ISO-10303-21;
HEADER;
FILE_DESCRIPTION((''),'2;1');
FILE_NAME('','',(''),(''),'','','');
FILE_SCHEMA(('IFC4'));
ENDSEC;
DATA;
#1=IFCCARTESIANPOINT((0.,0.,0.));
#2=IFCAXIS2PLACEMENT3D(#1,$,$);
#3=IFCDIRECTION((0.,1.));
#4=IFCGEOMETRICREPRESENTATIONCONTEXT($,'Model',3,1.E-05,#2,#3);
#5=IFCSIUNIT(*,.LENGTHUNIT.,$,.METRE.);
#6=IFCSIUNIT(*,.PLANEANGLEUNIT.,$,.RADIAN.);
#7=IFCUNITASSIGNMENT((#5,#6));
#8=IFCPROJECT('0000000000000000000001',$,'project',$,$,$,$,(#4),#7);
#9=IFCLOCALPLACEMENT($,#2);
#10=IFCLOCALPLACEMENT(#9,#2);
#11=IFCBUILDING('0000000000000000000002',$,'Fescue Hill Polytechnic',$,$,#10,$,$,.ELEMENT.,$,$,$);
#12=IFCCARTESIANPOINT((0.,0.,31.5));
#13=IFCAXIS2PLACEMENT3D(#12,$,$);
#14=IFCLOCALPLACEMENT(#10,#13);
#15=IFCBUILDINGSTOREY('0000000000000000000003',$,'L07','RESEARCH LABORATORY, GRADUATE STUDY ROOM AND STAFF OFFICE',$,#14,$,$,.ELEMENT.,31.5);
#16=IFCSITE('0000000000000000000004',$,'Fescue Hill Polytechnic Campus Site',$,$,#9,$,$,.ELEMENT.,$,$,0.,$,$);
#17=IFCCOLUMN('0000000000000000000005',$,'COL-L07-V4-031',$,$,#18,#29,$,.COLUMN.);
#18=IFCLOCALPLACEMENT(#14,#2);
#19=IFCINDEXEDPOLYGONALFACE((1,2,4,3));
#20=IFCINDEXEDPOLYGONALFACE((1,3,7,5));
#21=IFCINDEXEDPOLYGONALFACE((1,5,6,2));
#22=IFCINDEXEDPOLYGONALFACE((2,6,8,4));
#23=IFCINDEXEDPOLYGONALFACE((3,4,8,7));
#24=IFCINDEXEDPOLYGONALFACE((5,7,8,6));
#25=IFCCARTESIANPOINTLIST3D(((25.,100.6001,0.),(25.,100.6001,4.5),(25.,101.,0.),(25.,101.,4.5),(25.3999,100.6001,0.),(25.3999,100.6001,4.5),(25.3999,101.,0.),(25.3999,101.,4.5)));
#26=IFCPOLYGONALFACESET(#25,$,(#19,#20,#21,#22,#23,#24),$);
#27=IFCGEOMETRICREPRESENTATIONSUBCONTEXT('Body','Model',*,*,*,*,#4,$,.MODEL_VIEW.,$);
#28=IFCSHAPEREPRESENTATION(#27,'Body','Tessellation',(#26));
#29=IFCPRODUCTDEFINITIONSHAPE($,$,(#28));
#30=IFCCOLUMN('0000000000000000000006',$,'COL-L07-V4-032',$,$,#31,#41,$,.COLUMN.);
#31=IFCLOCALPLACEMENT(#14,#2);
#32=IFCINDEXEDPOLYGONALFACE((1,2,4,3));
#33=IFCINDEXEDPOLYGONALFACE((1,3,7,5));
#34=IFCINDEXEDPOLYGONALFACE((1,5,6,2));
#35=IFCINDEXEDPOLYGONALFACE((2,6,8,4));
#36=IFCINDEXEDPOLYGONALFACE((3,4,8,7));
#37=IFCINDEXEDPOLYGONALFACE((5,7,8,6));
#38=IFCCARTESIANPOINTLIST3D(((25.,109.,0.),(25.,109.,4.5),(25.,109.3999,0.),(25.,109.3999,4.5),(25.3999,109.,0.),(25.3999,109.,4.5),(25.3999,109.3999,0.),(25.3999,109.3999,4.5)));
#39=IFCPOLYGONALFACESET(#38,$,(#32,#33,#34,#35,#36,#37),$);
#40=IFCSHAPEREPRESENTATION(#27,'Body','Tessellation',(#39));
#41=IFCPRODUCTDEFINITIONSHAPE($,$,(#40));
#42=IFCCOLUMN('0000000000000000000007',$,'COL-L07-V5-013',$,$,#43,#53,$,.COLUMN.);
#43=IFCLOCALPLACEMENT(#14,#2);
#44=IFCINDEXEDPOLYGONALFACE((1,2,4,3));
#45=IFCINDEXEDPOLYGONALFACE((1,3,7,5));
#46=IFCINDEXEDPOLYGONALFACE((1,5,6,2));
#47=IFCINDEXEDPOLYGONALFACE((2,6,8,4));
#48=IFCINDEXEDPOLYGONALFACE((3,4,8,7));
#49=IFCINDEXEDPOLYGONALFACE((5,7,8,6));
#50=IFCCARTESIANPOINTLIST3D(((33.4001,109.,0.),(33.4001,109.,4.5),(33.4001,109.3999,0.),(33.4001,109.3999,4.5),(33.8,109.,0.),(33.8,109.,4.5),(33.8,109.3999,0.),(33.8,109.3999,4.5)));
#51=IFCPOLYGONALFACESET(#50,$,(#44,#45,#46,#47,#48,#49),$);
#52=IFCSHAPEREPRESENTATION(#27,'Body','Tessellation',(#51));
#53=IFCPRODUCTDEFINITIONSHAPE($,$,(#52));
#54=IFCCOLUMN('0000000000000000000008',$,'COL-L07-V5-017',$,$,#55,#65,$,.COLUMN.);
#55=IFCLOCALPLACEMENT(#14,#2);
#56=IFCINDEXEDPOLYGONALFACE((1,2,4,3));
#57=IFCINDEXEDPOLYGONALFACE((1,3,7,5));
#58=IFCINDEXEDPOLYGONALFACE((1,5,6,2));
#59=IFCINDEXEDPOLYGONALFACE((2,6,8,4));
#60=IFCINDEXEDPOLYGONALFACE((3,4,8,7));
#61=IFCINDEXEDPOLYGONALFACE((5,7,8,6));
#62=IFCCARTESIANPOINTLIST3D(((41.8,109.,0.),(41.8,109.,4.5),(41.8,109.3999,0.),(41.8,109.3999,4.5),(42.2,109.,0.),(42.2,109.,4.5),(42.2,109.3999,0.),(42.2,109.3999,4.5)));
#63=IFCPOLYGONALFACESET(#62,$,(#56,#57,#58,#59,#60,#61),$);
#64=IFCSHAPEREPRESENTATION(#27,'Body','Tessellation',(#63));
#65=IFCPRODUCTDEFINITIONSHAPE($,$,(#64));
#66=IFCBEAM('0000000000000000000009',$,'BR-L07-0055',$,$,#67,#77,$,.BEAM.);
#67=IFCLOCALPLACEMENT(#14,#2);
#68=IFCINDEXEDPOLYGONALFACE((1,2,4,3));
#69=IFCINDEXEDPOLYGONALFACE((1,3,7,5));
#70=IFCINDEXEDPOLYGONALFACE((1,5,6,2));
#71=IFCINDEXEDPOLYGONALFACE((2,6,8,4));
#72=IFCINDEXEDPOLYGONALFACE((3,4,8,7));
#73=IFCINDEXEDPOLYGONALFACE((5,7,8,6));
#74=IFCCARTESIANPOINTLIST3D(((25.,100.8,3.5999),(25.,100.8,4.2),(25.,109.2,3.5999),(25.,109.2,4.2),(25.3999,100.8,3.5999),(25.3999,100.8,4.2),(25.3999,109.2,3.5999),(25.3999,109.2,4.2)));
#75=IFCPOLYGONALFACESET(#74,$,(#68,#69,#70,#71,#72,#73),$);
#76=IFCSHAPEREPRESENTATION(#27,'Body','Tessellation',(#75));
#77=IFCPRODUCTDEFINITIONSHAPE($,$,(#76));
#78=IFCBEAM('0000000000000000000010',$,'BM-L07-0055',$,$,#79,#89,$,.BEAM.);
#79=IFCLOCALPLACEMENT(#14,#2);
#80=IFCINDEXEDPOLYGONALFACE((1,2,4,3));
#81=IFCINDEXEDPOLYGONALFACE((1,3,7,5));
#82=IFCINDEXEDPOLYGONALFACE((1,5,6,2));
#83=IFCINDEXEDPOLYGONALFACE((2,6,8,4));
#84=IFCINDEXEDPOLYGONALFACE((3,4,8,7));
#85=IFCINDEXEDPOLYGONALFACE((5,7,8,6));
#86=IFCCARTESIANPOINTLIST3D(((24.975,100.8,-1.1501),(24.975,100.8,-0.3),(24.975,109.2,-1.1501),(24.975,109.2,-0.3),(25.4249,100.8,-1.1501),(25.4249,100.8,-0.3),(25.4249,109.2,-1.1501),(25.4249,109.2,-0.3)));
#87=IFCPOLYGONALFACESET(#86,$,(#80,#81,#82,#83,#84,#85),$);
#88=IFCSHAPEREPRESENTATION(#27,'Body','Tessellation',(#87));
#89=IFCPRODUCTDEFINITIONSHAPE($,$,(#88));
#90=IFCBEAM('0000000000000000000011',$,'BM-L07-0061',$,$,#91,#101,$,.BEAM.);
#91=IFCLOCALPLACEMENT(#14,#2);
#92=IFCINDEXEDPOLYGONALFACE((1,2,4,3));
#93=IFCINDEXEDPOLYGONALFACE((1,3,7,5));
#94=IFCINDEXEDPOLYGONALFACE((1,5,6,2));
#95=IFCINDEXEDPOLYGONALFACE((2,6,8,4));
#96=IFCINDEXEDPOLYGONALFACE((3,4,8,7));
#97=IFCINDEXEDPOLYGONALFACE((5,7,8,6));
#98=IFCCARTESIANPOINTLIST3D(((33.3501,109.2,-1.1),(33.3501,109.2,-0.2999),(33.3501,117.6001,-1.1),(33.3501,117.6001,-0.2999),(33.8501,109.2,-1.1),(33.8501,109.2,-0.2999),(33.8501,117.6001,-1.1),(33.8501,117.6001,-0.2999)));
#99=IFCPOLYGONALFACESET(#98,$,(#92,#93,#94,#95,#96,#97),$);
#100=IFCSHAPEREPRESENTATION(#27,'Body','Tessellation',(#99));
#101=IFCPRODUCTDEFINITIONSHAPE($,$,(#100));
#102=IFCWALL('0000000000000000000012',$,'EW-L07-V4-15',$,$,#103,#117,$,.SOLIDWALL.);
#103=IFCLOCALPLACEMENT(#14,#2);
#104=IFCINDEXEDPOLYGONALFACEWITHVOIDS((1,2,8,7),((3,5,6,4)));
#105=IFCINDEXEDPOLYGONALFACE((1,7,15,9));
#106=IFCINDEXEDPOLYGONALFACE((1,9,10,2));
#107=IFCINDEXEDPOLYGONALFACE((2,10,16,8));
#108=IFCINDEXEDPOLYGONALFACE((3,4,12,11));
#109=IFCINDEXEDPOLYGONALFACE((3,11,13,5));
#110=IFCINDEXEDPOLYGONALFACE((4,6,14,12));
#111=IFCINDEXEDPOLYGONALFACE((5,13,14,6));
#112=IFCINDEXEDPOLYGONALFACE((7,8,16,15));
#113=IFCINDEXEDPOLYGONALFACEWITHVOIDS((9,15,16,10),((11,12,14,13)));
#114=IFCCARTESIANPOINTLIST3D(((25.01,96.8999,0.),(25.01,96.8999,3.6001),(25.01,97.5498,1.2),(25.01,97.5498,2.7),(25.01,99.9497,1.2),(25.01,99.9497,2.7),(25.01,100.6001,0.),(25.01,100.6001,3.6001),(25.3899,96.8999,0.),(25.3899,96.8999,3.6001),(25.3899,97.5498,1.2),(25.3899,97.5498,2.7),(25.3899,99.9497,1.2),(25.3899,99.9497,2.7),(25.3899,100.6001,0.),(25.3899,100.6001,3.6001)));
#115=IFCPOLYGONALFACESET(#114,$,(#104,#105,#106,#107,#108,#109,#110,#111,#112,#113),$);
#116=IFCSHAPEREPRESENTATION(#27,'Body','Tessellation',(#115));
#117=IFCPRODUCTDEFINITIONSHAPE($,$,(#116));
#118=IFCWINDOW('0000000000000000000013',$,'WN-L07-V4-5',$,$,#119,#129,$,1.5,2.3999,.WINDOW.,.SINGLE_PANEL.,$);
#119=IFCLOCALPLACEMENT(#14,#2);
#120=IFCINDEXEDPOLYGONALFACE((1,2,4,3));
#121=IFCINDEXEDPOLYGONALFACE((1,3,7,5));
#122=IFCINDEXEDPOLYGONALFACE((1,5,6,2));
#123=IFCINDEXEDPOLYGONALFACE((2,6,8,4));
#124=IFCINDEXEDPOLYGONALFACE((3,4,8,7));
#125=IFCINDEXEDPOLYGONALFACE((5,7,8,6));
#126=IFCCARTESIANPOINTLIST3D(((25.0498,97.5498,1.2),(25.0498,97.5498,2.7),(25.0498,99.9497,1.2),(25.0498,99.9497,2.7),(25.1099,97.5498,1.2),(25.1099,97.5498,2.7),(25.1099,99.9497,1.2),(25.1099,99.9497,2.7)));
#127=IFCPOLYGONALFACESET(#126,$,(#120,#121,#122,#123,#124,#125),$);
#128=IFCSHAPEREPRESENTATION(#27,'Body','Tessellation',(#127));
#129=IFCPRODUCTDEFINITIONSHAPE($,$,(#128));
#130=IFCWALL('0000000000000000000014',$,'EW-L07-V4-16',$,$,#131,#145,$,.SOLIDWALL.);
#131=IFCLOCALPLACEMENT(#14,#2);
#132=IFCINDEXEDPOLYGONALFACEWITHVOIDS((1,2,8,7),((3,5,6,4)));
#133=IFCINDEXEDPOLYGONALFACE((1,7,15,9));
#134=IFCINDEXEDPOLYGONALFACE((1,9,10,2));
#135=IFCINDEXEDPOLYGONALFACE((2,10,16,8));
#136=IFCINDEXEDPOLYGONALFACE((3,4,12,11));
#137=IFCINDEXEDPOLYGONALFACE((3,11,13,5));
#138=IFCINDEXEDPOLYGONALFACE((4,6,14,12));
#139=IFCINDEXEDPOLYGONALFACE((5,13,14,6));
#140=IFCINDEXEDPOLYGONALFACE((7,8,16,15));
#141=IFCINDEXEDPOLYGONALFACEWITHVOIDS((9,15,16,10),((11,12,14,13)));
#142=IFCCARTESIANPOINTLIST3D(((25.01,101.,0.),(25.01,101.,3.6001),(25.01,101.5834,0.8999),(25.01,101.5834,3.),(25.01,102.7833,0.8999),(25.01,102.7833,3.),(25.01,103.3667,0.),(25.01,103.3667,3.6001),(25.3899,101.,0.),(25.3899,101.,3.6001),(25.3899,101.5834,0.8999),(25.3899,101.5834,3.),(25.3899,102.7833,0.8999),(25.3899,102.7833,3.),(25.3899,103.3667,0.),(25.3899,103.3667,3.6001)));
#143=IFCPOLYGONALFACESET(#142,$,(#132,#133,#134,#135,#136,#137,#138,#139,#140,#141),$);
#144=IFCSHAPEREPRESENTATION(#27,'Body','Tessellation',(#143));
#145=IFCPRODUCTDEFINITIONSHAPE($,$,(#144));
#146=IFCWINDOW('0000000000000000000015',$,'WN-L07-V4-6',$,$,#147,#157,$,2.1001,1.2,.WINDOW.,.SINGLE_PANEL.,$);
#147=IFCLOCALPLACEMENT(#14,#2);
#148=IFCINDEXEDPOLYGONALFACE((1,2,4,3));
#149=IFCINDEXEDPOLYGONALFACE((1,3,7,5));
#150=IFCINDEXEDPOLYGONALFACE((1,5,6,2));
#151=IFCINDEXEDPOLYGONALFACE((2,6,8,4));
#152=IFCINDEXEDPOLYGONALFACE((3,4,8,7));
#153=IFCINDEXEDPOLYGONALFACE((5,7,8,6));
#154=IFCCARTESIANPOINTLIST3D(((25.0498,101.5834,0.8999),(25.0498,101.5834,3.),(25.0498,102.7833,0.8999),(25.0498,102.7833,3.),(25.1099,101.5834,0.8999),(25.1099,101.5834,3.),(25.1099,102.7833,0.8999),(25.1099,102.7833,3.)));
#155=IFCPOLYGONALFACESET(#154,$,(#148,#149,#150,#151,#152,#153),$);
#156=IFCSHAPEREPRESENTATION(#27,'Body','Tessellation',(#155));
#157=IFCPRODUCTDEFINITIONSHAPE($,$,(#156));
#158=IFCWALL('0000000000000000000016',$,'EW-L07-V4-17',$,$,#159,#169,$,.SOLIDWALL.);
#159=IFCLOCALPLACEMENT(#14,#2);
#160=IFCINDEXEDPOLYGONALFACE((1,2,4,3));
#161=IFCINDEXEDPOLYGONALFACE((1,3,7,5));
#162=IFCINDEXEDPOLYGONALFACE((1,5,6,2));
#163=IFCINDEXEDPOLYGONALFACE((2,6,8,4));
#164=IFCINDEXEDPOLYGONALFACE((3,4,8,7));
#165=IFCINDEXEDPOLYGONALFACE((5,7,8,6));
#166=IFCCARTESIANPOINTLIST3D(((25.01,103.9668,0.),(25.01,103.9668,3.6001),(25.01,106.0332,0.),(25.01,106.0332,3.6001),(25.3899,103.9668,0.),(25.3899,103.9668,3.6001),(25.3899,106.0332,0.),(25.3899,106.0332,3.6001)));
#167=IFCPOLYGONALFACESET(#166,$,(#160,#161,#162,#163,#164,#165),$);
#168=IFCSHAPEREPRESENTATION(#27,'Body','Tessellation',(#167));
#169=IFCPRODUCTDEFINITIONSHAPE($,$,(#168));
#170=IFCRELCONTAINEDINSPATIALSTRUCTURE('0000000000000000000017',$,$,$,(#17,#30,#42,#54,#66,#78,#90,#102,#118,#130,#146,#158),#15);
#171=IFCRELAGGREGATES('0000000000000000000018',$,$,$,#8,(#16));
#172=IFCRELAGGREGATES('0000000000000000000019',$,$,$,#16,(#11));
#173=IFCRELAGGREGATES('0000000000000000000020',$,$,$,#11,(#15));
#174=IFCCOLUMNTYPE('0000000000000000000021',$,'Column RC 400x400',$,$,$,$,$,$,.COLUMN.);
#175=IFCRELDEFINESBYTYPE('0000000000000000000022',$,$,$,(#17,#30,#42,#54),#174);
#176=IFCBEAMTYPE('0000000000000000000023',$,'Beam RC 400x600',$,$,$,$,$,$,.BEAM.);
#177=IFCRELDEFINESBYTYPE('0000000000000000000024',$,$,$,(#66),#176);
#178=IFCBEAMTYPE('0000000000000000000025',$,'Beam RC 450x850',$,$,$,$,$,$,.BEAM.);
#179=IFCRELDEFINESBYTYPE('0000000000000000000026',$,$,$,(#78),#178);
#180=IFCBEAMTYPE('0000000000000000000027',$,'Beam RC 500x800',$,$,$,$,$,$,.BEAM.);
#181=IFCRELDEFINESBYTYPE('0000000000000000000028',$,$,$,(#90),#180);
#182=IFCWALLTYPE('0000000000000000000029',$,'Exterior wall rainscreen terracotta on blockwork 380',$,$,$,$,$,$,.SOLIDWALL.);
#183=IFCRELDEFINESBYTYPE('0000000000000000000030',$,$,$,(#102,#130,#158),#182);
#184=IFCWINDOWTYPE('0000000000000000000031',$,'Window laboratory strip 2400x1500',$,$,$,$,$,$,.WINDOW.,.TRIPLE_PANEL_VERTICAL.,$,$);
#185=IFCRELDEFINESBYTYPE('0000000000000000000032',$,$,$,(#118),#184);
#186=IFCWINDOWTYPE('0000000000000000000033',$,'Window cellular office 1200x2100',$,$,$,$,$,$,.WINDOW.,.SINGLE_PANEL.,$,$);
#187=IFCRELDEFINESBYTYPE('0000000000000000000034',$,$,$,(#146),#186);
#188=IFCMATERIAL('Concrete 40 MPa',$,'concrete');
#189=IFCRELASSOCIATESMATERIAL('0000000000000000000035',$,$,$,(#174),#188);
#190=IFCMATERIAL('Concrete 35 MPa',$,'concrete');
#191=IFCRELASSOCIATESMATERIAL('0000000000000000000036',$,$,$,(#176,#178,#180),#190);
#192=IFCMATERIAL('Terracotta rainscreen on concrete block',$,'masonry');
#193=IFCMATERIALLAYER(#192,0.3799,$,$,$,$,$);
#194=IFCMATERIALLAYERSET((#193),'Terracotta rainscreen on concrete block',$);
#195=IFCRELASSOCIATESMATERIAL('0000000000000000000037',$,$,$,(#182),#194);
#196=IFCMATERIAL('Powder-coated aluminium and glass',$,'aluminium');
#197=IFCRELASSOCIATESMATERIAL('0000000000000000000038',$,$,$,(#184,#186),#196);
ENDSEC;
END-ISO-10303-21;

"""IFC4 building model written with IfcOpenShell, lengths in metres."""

from ifc_helpers import new_model, si_unit, direction, frame, frame_2d, origin, origin_2d, place, context, subcontext, project, spatial, rectangle, extrude, material, layer, layer_set, material_profile, profile_set, type_object, element, fill, save


model = new_model("IFC4")

# Units and contexts
model_context = context("Model", 3, precision=1e-05, world=origin(), true_north=direction((0.0, 1.0)))
body_context = subcontext(model_context, "Body", "Model", "MODEL_VIEW")
ifc_project = project(units=[si_unit("LENGTHUNIT", "METRE"), si_unit("PLANEANGLEUNIT", "RADIAN")], contexts=[model_context])

# Site, building, storey
site_placement = place(None, origin())
site = spatial("IfcSite", under=ifc_project, at=site_placement, Name="Fescue Hill Polytechnic Campus Site", CompositionType="ELEMENT", RefElevation=0.0)
building_placement = place(site_placement, origin())
building = spatial("IfcBuilding", under=site, at=building_placement, Name="Fescue Hill Polytechnic", CompositionType="ELEMENT")
storey_placement = place(building_placement, frame((0.0, 0.0, 31.5)))
storey = spatial("IfcBuildingStorey", under=building, at=storey_placement, Name="L07", Description="RESEARCH LABORATORY, GRADUATE STUDY ROOM AND STAFF OFFICE", CompositionType="ELEMENT", Elevation=31.5)

# Columns
ifc_material_1 = material(Name="Concrete 40 MPa", Category="concrete")
ifc_material_profile_1 = material_profile(ifc_material_1, rectangle(XDim=0.3999, YDim=0.3999, at=origin_2d()), Name="RC 400x400")
ifc_profile_set_1 = profile_set([ifc_material_profile_1], Name="Concrete 40 MPa")
column_type = type_object("IfcColumnType", Name="Column RC 400x400", PredefinedType="COLUMN", material=ifc_profile_set_1)
for number, where, z_axis, x_axis, name in (
    (1, (25.2, 100.8, 0.0), (0.0, 0.0, 1.0), (1.0, 0.0, 0.0), "COL-L07-V4-031"),
    (2, (25.2, 109.2, 0.0), (0.0, 0.0, 1.0), (1.0, 0.0, 0.0), "COL-L07-V4-032"),
    (3, (33.6001, 109.2, 0.0), (0.0, 0.0, 1.0), (1.0, 0.0, 0.0), "COL-L07-V5-013"),
    (4, (42.0, 109.2, 0.0), (0.0, 0.0, 1.0), (1.0, 0.0, 0.0), "COL-L07-V5-017"),
):
    element("IfcColumn", number, at=place(storey_placement, frame(where, z_axis=z_axis, x_axis=x_axis)), inside=storey, type_object=column_type, Name=name, PredefinedType="COLUMN", context=body_context, shape_type="SweptSolid", body=[
        extrude(rectangle(XDim=0.3999, YDim=0.3999, at=origin_2d()), origin(), (0.0, 0.0, 1.0), 4.5),
    ])

# Beams
ifc_material_2 = material(Name="Concrete 35 MPa", Category="concrete")
ifc_material_profile_2 = material_profile(ifc_material_2, rectangle(XDim=0.3999, YDim=0.6001, at=origin_2d()), Name="RC 400x600")
ifc_profile_set_2 = profile_set([ifc_material_profile_2], Name="Concrete 35 MPa")
beam_type_1 = type_object("IfcBeamType", Name="Beam RC 400x600", PredefinedType="BEAM", material=ifc_profile_set_2)
beam_1_placement = place(storey_placement, frame((25.2, 100.8, 3.8999), z_axis=(0.0, 1.0, 0.0), x_axis=(-1.0, 0.0, 0.0)))
element("IfcBeam", 5, at=beam_1_placement, inside=storey, type_object=beam_type_1, Name="BR-L07-0055", PredefinedType="BEAM", context=body_context, shape_type="SweptSolid", body=[
    extrude(rectangle(XDim=0.3999, YDim=0.6001, at=origin_2d()), origin(), (0.0, 0.0, 1.0), 8.3999),
])
ifc_material_profile_3 = material_profile(ifc_material_2, rectangle(XDim=0.45, YDim=0.8501, at=origin_2d()), Name="RC 450x850")
ifc_profile_set_3 = profile_set([ifc_material_profile_3], Name="Concrete 35 MPa")
beam_type_2 = type_object("IfcBeamType", Name="Beam RC 450x850", PredefinedType="BEAM", material=ifc_profile_set_3)
beam_2_placement = place(storey_placement, frame((25.2, 100.8, -0.7251), z_axis=(0.0, 1.0, 0.0), x_axis=(-1.0, 0.0, 0.0)))
element("IfcBeam", 6, at=beam_2_placement, inside=storey, type_object=beam_type_2, Name="BM-L07-0055", PredefinedType="BEAM", context=body_context, shape_type="SweptSolid", body=[
    extrude(rectangle(XDim=0.45, YDim=0.8501, at=origin_2d()), origin(), (0.0, 0.0, 1.0), 8.3999),
])
ifc_material_profile_4 = material_profile(ifc_material_2, rectangle(XDim=0.5, YDim=0.8, at=origin_2d()), Name="RC 500x800")
ifc_profile_set_4 = profile_set([ifc_material_profile_4], Name="Concrete 35 MPa")
beam_type_3 = type_object("IfcBeamType", Name="Beam RC 500x800", PredefinedType="BEAM", material=ifc_profile_set_4)
beam_3_placement = place(storey_placement, frame((33.6001, 109.2, -0.7), z_axis=(0.0, 1.0, 0.0), x_axis=(-1.0, 0.0, 0.0)))
element("IfcBeam", 7, at=beam_3_placement, inside=storey, type_object=beam_type_3, Name="BM-L07-0061", PredefinedType="BEAM", context=body_context, shape_type="SweptSolid", body=[
    extrude(rectangle(XDim=0.5, YDim=0.8, at=origin_2d()), origin(), (0.0, 0.0, 1.0), 8.4001),
])

# Walls, openings, windows
ifc_material_3 = material(Name="Terracotta rainscreen on concrete block", Category="masonry")
ifc_layer_1 = layer(ifc_material_3, 0.3799)
ifc_layer_set_1 = layer_set([ifc_layer_1], Name="Terracotta rainscreen on concrete block")
wall_type_1 = type_object("IfcWallType", Name="Exterior wall rainscreen terracotta on blockwork 380", PredefinedType="SOLIDWALL", material=ifc_layer_set_1)
wall_1_placement = place(storey_placement, frame((25.2, 96.8999, 0.0), z_axis=(0.0, 0.0, 1.0), x_axis=(0.0, 1.0, 0.0)))
wall_1 = element("IfcWall", 8, at=wall_1_placement, inside=storey, type_object=wall_type_1, Name="EW-L07-V4-15", PredefinedType="SOLIDWALL", context=body_context, shape_type="SweptSolid", body=[
    extrude(rectangle(XDim=3.7002, YDim=0.3799, at=frame_2d((1.8501, 0.0))), origin(), (0.0, 0.0, 1.0), 3.6001),
])
opening_1_placement = place(wall_1_placement, frame((0.6499, 0.0, 1.2)))
opening_1 = element("IfcOpeningElement", 9, at=opening_1_placement, cuts=wall_1, PredefinedType="OPENING", context=body_context, shape_type="SweptSolid", body=[
    extrude(rectangle(XDim=2.3999, YDim=1.5, at=frame_2d((1.2, 0.75))), frame((0.0, 0.2, 0.0), z_axis=(0.0, -1.0, 0.0), x_axis=(1.0, 0.0, 0.0)), (0.0, 0.0, 1.0), 0.3999),
])
ifc_material_4 = material(Name="Powder-coated aluminium and glass", Category="aluminium")
window_type_1 = type_object("IfcWindowType", Name="Window laboratory strip 2400x1500", PartitioningType="TRIPLE_PANEL_VERTICAL", PredefinedType="WINDOW", material=ifc_material_4)
window_1_placement = place(opening_1_placement, origin())
window_1 = element("IfcWindow", 10, at=window_1_placement, inside=storey, type_object=window_type_1, Name="WN-L07-V4-5", OverallHeight=1.5, OverallWidth=2.3999, PartitioningType="SINGLE_PANEL", PredefinedType="WINDOW", context=body_context, shape_type="SweptSolid", body=[
    extrude(rectangle(XDim=2.3999, YDim=1.5, at=frame_2d((1.2, 0.75))), frame((0.0, 0.1501, 0.0), z_axis=(0.0, -1.0, 0.0), x_axis=(1.0, 0.0, 0.0)), (0.0, 0.0, 1.0), 0.0601),
])
fill(opening_1, window_1)
wall_2_placement = place(storey_placement, frame((25.2, 101.0, 0.0), z_axis=(0.0, 0.0, 1.0), x_axis=(0.0, 1.0, 0.0)))
wall_2 = element("IfcWall", 11, at=wall_2_placement, inside=storey, type_object=wall_type_1, Name="EW-L07-V4-16", PredefinedType="SOLIDWALL", context=body_context, shape_type="SweptSolid", body=[
    extrude(rectangle(XDim=2.3667, YDim=0.3799, at=frame_2d((1.1833, 0.0))), origin(), (0.0, 0.0, 1.0), 3.6001),
])
opening_2_placement = place(wall_2_placement, frame((0.5833, 0.0, 0.8999)))
opening_2 = element("IfcOpeningElement", 12, at=opening_2_placement, cuts=wall_2, PredefinedType="OPENING", context=body_context, shape_type="SweptSolid", body=[
    extrude(rectangle(XDim=1.2, YDim=2.1001, at=frame_2d((0.6001, 1.05))), frame((0.0, 0.2, 0.0), z_axis=(0.0, -1.0, 0.0), x_axis=(1.0, 0.0, 0.0)), (0.0, 0.0, 1.0), 0.3999),
])
window_type_2 = type_object("IfcWindowType", Name="Window cellular office 1200x2100", PartitioningType="SINGLE_PANEL", PredefinedType="WINDOW", material=ifc_material_4)
window_2_placement = place(opening_2_placement, origin())
window_2 = element("IfcWindow", 13, at=window_2_placement, inside=storey, type_object=window_type_2, Name="WN-L07-V4-6", OverallHeight=2.1001, OverallWidth=1.2, PartitioningType="SINGLE_PANEL", PredefinedType="WINDOW", context=body_context, shape_type="SweptSolid", body=[
    extrude(rectangle(XDim=1.2, YDim=2.1001, at=frame_2d((0.6001, 1.05))), frame((0.0, 0.1501, 0.0), z_axis=(0.0, -1.0, 0.0), x_axis=(1.0, 0.0, 0.0)), (0.0, 0.0, 1.0), 0.0601),
])
fill(opening_2, window_2)

# Wall
wall_3_placement = place(storey_placement, frame((25.2, 103.9668, 0.0), z_axis=(0.0, 0.0, 1.0), x_axis=(0.0, 1.0, 0.0)))
element("IfcWall", 14, at=wall_3_placement, inside=storey, type_object=wall_type_1, Name="EW-L07-V4-17", PredefinedType="SOLIDWALL", context=body_context, shape_type="SweptSolid", body=[
    extrude(rectangle(XDim=2.0664, YDim=0.3799, at=frame_2d((1.0332, 0.0))), origin(), (0.0, 0.0, 1.0), 3.6001),
])

save(model, "model.ifc")
